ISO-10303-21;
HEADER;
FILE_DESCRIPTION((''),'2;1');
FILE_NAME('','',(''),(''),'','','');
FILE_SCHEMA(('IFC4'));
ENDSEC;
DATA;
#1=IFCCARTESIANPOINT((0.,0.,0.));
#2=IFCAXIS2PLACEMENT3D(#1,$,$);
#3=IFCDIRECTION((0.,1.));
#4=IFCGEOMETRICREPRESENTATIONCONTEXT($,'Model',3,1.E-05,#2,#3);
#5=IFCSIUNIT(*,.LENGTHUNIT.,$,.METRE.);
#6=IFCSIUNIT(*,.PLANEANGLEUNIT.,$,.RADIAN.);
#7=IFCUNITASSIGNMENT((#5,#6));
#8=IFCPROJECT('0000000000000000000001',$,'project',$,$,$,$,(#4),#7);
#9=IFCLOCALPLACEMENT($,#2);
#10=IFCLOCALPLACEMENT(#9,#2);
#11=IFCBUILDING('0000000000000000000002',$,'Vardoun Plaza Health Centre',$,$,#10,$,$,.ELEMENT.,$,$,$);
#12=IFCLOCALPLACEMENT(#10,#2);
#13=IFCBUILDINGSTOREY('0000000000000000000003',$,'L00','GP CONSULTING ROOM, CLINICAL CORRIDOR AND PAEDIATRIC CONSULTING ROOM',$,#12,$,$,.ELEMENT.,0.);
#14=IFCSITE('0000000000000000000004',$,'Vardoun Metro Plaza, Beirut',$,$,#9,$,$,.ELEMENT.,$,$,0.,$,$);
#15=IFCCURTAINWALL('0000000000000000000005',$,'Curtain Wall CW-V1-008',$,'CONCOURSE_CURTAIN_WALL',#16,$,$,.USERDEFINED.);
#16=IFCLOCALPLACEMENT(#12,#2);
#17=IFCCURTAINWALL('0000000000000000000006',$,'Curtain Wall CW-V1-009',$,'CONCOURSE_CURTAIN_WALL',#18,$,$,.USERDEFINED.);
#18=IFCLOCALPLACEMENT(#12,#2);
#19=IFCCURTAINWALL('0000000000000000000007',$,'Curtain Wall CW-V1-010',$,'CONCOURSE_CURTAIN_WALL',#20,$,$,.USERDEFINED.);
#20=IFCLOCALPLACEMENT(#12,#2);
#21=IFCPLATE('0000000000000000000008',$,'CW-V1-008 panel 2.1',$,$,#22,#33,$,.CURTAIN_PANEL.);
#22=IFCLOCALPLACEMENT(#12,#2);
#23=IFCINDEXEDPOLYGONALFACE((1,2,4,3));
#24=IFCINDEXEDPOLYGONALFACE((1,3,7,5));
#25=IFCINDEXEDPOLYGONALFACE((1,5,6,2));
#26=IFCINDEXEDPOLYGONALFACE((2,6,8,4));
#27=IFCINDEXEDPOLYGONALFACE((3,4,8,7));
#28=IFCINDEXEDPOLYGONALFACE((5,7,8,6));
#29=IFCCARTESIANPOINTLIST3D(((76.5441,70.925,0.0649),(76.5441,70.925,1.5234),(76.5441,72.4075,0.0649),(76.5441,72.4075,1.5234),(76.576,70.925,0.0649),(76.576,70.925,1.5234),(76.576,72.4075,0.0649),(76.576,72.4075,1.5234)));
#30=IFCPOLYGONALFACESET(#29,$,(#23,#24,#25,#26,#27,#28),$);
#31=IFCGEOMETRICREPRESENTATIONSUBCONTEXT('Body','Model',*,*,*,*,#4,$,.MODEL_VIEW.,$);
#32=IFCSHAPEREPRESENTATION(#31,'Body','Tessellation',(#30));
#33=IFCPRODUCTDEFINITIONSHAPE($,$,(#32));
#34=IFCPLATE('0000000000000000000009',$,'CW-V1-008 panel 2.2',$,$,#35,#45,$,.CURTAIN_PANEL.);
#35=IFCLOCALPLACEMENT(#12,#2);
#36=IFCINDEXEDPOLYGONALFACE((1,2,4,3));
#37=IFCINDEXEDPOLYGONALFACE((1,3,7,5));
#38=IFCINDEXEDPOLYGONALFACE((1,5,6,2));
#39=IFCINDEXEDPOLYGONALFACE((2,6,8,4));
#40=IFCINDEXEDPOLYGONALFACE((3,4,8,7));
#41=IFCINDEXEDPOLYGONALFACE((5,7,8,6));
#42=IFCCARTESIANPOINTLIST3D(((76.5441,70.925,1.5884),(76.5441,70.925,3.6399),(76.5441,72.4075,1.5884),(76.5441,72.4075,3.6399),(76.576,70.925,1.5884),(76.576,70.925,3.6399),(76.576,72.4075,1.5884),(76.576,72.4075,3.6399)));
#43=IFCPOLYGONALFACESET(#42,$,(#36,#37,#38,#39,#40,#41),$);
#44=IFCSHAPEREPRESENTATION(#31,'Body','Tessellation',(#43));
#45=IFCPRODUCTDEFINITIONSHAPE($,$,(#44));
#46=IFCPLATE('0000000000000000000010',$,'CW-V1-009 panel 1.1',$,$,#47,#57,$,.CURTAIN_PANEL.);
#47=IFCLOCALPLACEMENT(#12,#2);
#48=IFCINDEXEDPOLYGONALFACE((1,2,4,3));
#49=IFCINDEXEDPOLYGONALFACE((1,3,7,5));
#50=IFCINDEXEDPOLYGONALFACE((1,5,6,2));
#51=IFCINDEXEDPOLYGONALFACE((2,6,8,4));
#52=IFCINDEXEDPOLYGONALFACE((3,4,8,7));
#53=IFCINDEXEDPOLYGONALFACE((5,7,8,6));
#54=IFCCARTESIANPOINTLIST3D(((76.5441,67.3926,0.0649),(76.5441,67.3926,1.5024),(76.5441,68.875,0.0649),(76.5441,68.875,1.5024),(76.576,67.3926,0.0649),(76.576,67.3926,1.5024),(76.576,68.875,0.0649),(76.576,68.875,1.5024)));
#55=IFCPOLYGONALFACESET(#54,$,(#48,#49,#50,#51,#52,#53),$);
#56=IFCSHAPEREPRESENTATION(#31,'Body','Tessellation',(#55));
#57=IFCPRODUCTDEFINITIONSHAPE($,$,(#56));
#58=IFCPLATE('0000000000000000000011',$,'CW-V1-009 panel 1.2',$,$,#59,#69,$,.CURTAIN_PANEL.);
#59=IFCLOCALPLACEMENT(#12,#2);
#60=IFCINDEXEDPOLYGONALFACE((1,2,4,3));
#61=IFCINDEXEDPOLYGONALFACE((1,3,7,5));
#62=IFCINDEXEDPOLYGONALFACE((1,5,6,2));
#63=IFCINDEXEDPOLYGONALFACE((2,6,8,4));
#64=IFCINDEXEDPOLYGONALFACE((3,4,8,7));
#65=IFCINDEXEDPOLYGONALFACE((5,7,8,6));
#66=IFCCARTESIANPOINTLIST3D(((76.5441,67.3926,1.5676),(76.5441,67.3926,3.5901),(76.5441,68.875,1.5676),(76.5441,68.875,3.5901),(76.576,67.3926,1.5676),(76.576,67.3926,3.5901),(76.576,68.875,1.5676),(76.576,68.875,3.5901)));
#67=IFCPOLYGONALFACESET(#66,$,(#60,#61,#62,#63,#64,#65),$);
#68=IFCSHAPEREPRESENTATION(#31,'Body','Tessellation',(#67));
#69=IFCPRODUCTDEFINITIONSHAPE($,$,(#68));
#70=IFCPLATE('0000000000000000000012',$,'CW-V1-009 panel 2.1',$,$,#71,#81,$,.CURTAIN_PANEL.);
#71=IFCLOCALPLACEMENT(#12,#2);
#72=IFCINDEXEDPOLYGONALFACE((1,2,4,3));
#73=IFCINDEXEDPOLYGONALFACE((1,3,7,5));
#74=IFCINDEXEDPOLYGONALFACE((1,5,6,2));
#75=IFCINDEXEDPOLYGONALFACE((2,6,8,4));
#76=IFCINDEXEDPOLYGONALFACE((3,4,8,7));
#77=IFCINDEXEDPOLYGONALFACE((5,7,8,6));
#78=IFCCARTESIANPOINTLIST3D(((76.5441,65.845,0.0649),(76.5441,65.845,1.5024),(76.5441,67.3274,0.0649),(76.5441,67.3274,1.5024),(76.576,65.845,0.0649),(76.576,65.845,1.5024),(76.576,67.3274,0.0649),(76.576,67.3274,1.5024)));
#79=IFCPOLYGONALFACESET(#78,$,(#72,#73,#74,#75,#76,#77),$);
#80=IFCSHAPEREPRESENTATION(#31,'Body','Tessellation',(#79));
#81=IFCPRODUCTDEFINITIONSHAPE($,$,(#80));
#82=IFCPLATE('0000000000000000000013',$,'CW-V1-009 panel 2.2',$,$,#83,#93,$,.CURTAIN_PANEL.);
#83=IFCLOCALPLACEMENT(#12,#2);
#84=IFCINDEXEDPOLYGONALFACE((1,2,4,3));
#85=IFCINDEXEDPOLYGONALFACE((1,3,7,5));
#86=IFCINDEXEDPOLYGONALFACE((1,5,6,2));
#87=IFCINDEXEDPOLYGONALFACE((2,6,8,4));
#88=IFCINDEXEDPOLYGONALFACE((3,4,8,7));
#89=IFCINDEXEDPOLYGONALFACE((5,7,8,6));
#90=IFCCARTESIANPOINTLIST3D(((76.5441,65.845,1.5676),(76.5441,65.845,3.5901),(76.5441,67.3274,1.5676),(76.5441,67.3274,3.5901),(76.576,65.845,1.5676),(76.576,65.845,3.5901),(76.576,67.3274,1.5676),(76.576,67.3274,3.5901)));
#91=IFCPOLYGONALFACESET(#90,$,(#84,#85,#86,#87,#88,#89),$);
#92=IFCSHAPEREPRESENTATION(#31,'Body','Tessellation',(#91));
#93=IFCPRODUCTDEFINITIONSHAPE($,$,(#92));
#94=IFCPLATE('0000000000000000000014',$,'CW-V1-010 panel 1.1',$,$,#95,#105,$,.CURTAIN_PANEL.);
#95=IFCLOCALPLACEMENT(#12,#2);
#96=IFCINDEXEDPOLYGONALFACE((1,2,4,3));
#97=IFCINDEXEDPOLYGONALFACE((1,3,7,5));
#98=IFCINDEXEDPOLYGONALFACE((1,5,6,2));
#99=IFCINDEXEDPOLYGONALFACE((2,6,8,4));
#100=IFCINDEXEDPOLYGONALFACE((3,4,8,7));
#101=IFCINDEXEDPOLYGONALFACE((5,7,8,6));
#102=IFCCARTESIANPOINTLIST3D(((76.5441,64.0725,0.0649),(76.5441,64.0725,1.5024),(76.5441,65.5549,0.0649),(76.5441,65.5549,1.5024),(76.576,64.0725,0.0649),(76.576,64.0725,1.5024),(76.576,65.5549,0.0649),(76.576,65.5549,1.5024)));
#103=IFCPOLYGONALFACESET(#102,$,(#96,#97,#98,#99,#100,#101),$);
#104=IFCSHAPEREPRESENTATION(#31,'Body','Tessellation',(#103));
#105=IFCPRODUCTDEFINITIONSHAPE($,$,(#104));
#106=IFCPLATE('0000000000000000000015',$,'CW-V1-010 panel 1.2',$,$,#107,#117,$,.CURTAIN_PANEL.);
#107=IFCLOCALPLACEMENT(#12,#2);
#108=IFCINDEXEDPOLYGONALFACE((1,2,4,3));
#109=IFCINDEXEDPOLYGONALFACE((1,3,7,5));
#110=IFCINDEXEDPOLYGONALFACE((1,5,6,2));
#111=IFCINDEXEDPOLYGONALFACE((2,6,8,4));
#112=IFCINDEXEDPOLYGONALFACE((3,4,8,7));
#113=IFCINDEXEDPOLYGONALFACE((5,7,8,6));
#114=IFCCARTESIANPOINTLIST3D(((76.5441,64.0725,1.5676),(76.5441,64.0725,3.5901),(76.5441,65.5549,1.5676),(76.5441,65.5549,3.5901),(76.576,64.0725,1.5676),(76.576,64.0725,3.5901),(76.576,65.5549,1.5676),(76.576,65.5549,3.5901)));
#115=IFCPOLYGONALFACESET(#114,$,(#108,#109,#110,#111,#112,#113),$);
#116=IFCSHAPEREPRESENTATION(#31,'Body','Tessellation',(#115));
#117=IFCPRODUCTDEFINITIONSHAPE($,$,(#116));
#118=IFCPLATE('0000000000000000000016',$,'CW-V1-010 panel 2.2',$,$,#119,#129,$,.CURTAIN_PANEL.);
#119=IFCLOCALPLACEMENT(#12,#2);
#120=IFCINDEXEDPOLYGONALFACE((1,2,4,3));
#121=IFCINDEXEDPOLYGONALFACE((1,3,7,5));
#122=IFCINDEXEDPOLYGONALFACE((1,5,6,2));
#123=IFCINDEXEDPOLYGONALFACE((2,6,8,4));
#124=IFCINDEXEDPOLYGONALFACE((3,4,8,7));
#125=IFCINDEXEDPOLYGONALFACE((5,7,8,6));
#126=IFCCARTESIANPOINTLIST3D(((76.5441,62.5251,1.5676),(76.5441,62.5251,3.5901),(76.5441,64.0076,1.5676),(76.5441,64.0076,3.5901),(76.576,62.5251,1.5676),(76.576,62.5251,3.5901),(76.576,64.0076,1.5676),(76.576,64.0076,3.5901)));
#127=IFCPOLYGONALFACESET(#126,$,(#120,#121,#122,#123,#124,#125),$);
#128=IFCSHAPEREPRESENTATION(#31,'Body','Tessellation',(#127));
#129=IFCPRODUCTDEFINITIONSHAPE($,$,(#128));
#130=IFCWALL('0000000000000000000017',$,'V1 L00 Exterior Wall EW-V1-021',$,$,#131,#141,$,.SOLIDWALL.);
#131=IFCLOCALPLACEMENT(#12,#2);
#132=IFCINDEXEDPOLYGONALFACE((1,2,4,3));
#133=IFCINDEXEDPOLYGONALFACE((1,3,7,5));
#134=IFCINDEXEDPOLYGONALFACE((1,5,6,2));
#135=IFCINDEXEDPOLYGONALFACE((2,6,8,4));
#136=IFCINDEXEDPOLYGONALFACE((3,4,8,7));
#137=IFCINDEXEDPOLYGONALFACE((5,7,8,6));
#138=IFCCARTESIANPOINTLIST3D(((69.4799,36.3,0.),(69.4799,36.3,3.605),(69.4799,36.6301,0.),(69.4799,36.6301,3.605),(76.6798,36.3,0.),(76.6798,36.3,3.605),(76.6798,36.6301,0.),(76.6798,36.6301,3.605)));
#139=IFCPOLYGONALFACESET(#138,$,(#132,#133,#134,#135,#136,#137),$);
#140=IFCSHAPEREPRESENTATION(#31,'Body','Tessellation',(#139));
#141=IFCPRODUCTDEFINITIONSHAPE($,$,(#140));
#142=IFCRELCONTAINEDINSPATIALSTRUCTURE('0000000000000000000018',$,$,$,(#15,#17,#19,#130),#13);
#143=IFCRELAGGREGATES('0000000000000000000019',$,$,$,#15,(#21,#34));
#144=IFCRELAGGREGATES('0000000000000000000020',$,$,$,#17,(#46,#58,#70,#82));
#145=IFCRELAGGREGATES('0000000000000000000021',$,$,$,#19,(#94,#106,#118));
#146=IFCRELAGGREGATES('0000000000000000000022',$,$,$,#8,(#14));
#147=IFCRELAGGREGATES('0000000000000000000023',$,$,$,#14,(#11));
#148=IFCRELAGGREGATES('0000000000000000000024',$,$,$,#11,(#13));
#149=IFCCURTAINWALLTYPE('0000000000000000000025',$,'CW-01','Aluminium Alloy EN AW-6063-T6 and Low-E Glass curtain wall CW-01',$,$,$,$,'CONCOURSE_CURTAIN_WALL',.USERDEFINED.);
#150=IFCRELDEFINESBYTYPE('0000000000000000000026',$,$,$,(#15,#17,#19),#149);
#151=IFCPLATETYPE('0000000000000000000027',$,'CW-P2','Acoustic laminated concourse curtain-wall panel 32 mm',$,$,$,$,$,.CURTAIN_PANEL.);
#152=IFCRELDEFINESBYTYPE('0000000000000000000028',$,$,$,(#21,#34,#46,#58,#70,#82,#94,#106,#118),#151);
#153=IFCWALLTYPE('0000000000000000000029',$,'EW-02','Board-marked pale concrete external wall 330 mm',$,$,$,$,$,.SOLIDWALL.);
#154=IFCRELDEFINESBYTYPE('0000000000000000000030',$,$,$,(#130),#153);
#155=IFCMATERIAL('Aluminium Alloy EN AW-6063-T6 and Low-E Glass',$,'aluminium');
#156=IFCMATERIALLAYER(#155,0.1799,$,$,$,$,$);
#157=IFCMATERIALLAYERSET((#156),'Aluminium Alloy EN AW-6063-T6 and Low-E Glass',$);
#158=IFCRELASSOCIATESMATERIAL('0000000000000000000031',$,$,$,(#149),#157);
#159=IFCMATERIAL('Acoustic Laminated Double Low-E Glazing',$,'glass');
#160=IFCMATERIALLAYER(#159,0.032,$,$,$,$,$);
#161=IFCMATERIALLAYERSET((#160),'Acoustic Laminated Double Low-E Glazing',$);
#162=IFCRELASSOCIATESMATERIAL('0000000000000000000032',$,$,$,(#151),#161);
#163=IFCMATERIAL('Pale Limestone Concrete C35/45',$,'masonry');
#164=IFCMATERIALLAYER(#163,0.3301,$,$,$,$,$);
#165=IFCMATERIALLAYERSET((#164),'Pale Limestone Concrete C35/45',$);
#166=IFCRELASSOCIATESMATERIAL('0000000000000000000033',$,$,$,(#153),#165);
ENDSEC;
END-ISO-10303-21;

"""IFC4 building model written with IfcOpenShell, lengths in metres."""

from ifc_helpers import new_model, si_unit, direction, frame, frame_2d, origin, origin_2d, place, context, subcontext, project, spatial, rectangle, extrude, material, layer, layer_set, type_object, element, aggregate, save


model = new_model("IFC4")

# Units and contexts
model_context = context("Model", 3, precision=1e-05, world=origin(), true_north=direction((0.0, 1.0)))
body_context = subcontext(model_context, "Body", "Model", "MODEL_VIEW")
ifc_project = project(units=[si_unit("LENGTHUNIT", "METRE"), si_unit("PLANEANGLEUNIT", "RADIAN")], contexts=[model_context])

# Site, building, storey
site_placement = place(None, origin())
site = spatial("IfcSite", under=ifc_project, at=site_placement, Name="Vardoun Metro Plaza, Beirut", CompositionType="ELEMENT", RefElevation=0.0)
building_placement = place(site_placement, origin())
building = spatial("IfcBuilding", under=site, at=building_placement, Name="Vardoun Plaza Health Centre", CompositionType="ELEMENT")
storey_placement = place(building_placement, origin())
storey = spatial("IfcBuildingStorey", under=building, at=storey_placement, Name="L00", Description="GP CONSULTING ROOM, CLINICAL CORRIDOR AND PAEDIATRIC CONSULTING ROOM", CompositionType="ELEMENT", Elevation=0.0)

# Curtain wall
ifc_material_1 = material(Name="Aluminium Alloy EN AW-6063-T6 and Low-E Glass", Category="aluminium")
ifc_layer_1 = layer(ifc_material_1, 0.1799)
ifc_layer_set_1 = layer_set([ifc_layer_1], Name="Aluminium Alloy EN AW-6063-T6 and Low-E Glass")
curtain_wall_type_1 = type_object("IfcCurtainWallType", Name="CW-01", Description="Aluminium Alloy EN AW-6063-T6 and Low-E Glass curtain wall CW-01", ElementType="CONCOURSE_CURTAIN_WALL", PredefinedType="USERDEFINED", material=ifc_layer_set_1)
curtain_wall_1_placement = place(storey_placement, origin())
curtain_wall_1 = element("IfcCurtainWall", 1, at=curtain_wall_1_placement, inside=storey, type_object=curtain_wall_type_1, Name="Curtain Wall CW-V1-008", ObjectType="CONCOURSE_CURTAIN_WALL", PredefinedType="USERDEFINED")

# Curtain walls
curtain_wall_2_placement = place(storey_placement, origin())
curtain_wall_2 = element("IfcCurtainWall", 2, at=curtain_wall_2_placement, inside=storey, type_object=curtain_wall_type_1, Name="Curtain Wall CW-V1-009", ObjectType="CONCOURSE_CURTAIN_WALL", PredefinedType="USERDEFINED")
curtain_wall_3_placement = place(storey_placement, origin())
curtain_wall_3 = element("IfcCurtainWall", 3, at=curtain_wall_3_placement, inside=storey, type_object=curtain_wall_type_1, Name="Curtain Wall CW-V1-010", ObjectType="CONCOURSE_CURTAIN_WALL", PredefinedType="USERDEFINED")

# Plates
ifc_material_2 = material(Name="Acoustic Laminated Double Low-E Glazing", Category="glass")
ifc_layer_2 = layer(ifc_material_2, 0.032)
ifc_layer_set_2 = layer_set([ifc_layer_2], Name="Acoustic Laminated Double Low-E Glazing")
plate_type_1 = type_object("IfcPlateType", Name="CW-P2", Description="Acoustic laminated concourse curtain-wall panel 32 mm", PredefinedType="CURTAIN_PANEL", material=ifc_layer_set_2)
plate_1_placement = place(storey_placement, frame((76.5601, 71.6663, 0.0649), z_axis=(0.0, 0.0, 1.0), x_axis=(0.0, -1.0, 0.0)))
plate_1 = element("IfcPlate", 4, at=plate_1_placement, type_object=plate_type_1, Name="CW-V1-008 panel 2.1", PredefinedType="CURTAIN_PANEL", context=body_context, shape_type="SweptSolid", body=[
    extrude(rectangle(XDim=1.4824, YDim=0.032, at=origin_2d()), origin(), (0.0, 0.0, 1.0), 1.4585),
])
plate_2_placement = place(storey_placement, frame((76.5601, 71.6663, 1.5884), z_axis=(0.0, 0.0, 1.0), x_axis=(0.0, -1.0, 0.0)))
plate_2 = element("IfcPlate", 5, at=plate_2_placement, type_object=plate_type_1, Name="CW-V1-008 panel 2.2", PredefinedType="CURTAIN_PANEL", context=body_context, shape_type="SweptSolid", body=[
    extrude(rectangle(XDim=1.4824, YDim=0.032, at=origin_2d()), origin(), (0.0, 0.0, 1.0), 2.0515),
])
aggregate(curtain_wall_1, [plate_1, plate_2])
plate_3_placement = place(storey_placement, frame((76.5601, 68.1338, 0.0649), z_axis=(0.0, 0.0, 1.0), x_axis=(0.0, -1.0, 0.0)))
plate_3 = element("IfcPlate", 6, at=plate_3_placement, type_object=plate_type_1, Name="CW-V1-009 panel 1.1", PredefinedType="CURTAIN_PANEL", context=body_context, shape_type="SweptSolid", body=[
    extrude(rectangle(XDim=1.4824, YDim=0.032, at=origin_2d()), origin(), (0.0, 0.0, 1.0), 1.4375),
])
plate_4_placement = place(storey_placement, frame((76.5601, 68.1338, 1.5676), z_axis=(0.0, 0.0, 1.0), x_axis=(0.0, -1.0, 0.0)))
plate_4 = element("IfcPlate", 7, at=plate_4_placement, type_object=plate_type_1, Name="CW-V1-009 panel 1.2", PredefinedType="CURTAIN_PANEL", context=body_context, shape_type="SweptSolid", body=[
    extrude(rectangle(XDim=1.4824, YDim=0.032, at=origin_2d()), origin(), (0.0, 0.0, 1.0), 2.0225),
])
plate_5_placement = place(storey_placement, frame((76.5601, 66.5862, 0.0649), z_axis=(0.0, 0.0, 1.0), x_axis=(0.0, -1.0, 0.0)))
plate_5 = element("IfcPlate", 8, at=plate_5_placement, type_object=plate_type_1, Name="CW-V1-009 panel 2.1", PredefinedType="CURTAIN_PANEL", context=body_context, shape_type="SweptSolid", body=[
    extrude(rectangle(XDim=1.4824, YDim=0.032, at=origin_2d()), origin(), (0.0, 0.0, 1.0), 1.4375),
])
plate_6_placement = place(storey_placement, frame((76.5601, 66.5862, 1.5676), z_axis=(0.0, 0.0, 1.0), x_axis=(0.0, -1.0, 0.0)))
plate_6 = element("IfcPlate", 9, at=plate_6_placement, type_object=plate_type_1, Name="CW-V1-009 panel 2.2", PredefinedType="CURTAIN_PANEL", context=body_context, shape_type="SweptSolid", body=[
    extrude(rectangle(XDim=1.4824, YDim=0.032, at=origin_2d()), origin(), (0.0, 0.0, 1.0), 2.0225),
])
aggregate(curtain_wall_2, [plate_3, plate_4, plate_5, plate_6])
plate_7_placement = place(storey_placement, frame((76.5601, 64.8137, 0.0649), z_axis=(0.0, 0.0, 1.0), x_axis=(0.0, -1.0, 0.0)))
plate_7 = element("IfcPlate", 10, at=plate_7_placement, type_object=plate_type_1, Name="CW-V1-010 panel 1.1", PredefinedType="CURTAIN_PANEL", context=body_context, shape_type="SweptSolid", body=[
    extrude(rectangle(XDim=1.4824, YDim=0.032, at=origin_2d()), origin(), (0.0, 0.0, 1.0), 1.4375),
])
plate_8_placement = place(storey_placement, frame((76.5601, 64.8137, 1.5676), z_axis=(0.0, 0.0, 1.0), x_axis=(0.0, -1.0, 0.0)))
plate_8 = element("IfcPlate", 11, at=plate_8_placement, type_object=plate_type_1, Name="CW-V1-010 panel 1.2", PredefinedType="CURTAIN_PANEL", context=body_context, shape_type="SweptSolid", body=[
    extrude(rectangle(XDim=1.4824, YDim=0.032, at=origin_2d()), origin(), (0.0, 0.0, 1.0), 2.0225),
])
plate_9_placement = place(storey_placement, frame((76.5601, 63.2664, 1.5676), z_axis=(0.0, 0.0, 1.0), x_axis=(0.0, -1.0, 0.0)))
plate_9 = element("IfcPlate", 12, at=plate_9_placement, type_object=plate_type_1, Name="CW-V1-010 panel 2.2", PredefinedType="CURTAIN_PANEL", context=body_context, shape_type="SweptSolid", body=[
    extrude(rectangle(XDim=1.4824, YDim=0.032, at=origin_2d()), origin(), (0.0, 0.0, 1.0), 2.0225),
])
aggregate(curtain_wall_3, [plate_7, plate_8, plate_9])

# Wall
ifc_material_3 = material(Name="Pale Limestone Concrete C35/45", Category="masonry")
ifc_layer_3 = layer(ifc_material_3, 0.3301)
ifc_layer_set_3 = layer_set([ifc_layer_3], Name="Pale Limestone Concrete C35/45")
wall_type = type_object("IfcWallType", Name="EW-02", Description="Board-marked pale concrete external wall 330 mm", PredefinedType="SOLIDWALL", material=ifc_layer_set_3)
wall_placement = place(storey_placement, frame((76.6799, 36.4651, 0.0), z_axis=(0.0, 0.0, 1.0), x_axis=(-1.0, 0.0, 0.0)))
element("IfcWall", 13, at=wall_placement, inside=storey, type_object=wall_type, Name="V1 L00 Exterior Wall EW-V1-021", PredefinedType="SOLIDWALL", context=body_context, shape_type="SweptSolid", body=[
    extrude(rectangle(XDim=7.2, YDim=0.3301, at=frame_2d((3.6001, 0.0))), origin(), (0.0, 0.0, 1.0), 3.605),
])

save(model, "model.ifc")
